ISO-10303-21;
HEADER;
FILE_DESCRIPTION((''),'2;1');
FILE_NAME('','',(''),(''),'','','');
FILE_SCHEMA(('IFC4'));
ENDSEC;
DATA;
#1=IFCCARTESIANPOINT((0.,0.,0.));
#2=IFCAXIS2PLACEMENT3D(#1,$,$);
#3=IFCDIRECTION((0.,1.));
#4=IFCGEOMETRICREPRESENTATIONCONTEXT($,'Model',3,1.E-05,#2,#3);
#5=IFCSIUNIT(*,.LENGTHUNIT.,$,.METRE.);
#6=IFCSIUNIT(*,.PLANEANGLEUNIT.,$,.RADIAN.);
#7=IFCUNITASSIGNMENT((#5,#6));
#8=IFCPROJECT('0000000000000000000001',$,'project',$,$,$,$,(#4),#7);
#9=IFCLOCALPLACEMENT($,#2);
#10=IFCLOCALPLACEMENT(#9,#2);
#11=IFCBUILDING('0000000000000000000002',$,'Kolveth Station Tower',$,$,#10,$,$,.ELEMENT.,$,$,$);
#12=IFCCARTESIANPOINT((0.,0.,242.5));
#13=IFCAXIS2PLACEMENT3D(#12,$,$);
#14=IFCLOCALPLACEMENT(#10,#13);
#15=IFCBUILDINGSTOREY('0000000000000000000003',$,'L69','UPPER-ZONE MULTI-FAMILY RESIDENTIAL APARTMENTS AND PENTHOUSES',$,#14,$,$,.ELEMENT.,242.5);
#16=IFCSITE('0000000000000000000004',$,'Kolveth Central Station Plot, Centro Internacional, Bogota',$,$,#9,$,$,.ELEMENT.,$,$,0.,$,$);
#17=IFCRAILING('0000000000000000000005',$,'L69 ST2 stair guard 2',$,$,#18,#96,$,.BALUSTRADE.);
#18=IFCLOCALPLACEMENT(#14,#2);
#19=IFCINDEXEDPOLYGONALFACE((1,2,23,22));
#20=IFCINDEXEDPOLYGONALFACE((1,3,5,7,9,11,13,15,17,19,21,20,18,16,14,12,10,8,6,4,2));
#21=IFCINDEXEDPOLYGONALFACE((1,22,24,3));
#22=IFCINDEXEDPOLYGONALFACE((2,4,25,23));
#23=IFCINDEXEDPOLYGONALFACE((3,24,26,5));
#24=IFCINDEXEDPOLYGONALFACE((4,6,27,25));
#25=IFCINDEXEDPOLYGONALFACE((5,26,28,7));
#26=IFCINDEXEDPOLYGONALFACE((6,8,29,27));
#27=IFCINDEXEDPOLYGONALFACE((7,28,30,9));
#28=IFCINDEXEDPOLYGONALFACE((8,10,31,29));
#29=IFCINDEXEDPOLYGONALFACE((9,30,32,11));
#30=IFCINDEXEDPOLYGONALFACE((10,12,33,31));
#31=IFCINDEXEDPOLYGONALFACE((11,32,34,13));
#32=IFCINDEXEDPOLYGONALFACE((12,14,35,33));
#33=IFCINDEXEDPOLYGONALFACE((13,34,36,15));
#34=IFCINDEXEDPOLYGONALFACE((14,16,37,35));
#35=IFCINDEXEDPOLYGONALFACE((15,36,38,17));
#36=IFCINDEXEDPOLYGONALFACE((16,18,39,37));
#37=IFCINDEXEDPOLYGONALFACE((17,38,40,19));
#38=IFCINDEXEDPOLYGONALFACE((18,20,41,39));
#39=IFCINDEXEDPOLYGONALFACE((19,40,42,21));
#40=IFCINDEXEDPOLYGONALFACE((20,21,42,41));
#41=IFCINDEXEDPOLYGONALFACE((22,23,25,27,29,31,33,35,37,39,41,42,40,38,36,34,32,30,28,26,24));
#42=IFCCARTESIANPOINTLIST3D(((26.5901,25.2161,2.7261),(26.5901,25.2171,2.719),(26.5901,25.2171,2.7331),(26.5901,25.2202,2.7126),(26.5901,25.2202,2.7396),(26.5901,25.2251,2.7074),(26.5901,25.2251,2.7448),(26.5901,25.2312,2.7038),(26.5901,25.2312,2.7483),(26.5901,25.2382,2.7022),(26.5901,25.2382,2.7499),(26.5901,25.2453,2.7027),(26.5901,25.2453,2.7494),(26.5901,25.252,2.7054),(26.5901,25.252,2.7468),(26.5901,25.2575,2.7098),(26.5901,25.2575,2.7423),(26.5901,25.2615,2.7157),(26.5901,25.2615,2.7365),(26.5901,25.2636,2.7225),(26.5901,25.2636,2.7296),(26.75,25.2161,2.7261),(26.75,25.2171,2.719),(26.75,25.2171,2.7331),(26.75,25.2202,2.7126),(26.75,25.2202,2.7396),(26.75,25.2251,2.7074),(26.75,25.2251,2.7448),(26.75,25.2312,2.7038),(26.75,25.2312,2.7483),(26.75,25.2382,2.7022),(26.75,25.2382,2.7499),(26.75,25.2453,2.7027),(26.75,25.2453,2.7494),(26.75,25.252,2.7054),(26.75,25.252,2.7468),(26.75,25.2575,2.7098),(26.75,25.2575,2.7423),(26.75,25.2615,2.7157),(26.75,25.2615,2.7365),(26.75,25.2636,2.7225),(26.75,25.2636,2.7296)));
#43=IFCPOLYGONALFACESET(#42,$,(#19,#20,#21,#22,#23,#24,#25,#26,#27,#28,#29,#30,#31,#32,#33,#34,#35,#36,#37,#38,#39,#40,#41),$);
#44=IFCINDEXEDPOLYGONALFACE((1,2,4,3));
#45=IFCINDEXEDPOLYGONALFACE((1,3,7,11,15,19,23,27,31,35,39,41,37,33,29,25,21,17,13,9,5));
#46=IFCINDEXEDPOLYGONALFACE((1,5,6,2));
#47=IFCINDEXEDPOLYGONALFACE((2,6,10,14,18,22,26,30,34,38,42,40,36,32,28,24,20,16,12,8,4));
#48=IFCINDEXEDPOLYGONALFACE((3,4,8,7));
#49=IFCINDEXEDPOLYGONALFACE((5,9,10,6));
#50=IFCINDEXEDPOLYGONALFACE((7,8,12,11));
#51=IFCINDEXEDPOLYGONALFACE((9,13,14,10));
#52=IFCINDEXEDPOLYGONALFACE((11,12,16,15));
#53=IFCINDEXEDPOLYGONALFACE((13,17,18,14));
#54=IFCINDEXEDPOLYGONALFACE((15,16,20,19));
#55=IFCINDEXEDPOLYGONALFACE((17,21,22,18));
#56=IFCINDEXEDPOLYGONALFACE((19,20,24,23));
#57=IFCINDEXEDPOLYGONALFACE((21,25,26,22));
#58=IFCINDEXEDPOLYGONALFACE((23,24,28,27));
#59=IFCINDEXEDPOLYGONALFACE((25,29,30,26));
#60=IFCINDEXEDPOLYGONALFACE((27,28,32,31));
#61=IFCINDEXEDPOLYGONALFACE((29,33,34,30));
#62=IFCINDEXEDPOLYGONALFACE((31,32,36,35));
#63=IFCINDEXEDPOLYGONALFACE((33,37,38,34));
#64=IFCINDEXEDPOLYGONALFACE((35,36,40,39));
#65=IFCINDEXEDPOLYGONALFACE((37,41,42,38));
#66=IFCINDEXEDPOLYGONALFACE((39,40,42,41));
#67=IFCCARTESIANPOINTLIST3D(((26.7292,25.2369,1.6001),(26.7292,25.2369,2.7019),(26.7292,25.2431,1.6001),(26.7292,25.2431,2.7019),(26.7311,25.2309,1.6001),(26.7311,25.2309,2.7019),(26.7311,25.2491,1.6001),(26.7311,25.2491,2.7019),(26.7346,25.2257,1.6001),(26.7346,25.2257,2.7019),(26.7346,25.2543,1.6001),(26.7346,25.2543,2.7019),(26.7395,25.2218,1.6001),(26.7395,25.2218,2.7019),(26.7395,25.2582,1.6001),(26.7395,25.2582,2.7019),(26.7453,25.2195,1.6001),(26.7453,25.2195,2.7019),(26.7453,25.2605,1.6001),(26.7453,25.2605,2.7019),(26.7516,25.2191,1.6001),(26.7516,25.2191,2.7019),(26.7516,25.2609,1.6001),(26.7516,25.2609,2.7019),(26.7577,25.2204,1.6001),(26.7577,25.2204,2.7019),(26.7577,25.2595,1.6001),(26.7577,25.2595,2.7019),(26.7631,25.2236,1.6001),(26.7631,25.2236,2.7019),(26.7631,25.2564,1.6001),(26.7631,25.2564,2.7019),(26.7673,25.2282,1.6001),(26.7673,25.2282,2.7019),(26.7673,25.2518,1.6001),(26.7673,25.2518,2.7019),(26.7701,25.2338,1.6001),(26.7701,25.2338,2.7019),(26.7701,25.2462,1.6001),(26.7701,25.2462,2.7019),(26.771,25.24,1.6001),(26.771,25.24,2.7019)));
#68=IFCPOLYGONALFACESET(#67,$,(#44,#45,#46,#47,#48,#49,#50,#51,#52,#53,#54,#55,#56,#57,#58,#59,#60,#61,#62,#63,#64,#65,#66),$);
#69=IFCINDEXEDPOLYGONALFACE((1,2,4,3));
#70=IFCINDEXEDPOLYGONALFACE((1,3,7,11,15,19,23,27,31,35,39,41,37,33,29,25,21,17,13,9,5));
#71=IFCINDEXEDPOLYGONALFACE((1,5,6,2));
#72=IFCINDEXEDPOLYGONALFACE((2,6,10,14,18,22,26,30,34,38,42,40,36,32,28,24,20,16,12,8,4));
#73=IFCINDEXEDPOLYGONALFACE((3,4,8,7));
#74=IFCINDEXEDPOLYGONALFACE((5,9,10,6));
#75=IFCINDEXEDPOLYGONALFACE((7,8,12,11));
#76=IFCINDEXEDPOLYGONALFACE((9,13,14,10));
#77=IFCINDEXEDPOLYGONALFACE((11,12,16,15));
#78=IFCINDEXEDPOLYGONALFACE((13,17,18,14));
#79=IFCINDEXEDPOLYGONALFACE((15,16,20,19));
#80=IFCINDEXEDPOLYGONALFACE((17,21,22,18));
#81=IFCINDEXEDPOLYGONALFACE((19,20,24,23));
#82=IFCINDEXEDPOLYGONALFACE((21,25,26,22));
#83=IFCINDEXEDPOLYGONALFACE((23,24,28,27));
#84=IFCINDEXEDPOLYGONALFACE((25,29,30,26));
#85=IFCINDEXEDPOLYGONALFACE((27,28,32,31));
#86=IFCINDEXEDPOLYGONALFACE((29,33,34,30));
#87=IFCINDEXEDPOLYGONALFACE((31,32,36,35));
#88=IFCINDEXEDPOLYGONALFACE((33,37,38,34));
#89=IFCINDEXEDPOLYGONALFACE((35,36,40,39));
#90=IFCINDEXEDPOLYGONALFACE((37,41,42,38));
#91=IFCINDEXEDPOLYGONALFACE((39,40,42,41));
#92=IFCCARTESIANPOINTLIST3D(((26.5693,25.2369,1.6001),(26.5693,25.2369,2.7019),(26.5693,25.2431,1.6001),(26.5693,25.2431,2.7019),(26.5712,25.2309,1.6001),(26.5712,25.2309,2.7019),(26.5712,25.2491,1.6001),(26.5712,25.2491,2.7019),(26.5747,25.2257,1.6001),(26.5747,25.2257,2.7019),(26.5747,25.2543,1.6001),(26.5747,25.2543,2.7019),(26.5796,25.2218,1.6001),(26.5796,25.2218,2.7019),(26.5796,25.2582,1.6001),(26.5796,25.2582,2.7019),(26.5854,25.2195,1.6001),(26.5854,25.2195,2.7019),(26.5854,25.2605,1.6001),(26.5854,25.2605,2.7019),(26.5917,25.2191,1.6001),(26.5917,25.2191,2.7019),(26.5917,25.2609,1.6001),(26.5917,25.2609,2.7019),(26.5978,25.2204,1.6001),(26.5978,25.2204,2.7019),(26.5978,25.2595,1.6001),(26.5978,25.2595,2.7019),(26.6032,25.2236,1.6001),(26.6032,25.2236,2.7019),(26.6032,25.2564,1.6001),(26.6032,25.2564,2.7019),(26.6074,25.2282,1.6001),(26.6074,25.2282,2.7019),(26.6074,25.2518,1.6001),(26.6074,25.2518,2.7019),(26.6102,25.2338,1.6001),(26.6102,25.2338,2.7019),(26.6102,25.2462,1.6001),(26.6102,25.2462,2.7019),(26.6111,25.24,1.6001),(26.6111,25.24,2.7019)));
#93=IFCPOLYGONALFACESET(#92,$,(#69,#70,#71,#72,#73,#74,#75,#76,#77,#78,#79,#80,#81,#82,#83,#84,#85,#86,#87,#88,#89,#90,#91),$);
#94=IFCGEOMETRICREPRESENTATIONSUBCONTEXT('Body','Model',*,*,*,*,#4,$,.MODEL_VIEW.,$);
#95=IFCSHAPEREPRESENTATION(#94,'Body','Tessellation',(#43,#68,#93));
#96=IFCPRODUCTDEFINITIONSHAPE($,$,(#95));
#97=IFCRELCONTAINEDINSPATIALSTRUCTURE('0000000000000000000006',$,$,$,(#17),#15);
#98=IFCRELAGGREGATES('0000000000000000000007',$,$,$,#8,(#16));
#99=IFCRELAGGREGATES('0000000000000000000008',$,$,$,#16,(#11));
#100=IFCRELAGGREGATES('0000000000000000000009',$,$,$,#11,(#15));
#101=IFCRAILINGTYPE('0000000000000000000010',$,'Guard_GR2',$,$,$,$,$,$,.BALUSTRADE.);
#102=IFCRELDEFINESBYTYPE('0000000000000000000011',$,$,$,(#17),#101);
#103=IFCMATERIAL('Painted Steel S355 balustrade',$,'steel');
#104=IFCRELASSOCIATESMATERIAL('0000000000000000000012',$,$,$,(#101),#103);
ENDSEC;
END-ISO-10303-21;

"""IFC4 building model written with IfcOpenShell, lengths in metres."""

from ifc_helpers import new_model, si_unit, direction, frame, origin, origin_2d, place, context, subcontext, project, spatial, circle, extrude, material, type_object, element, save


model = new_model("IFC4")

# Units and contexts
model_context = context("Model", 3, precision=1e-05, world=origin(), true_north=direction((0.0, 1.0)))
body_context = subcontext(model_context, "Body", "Model", "MODEL_VIEW")
ifc_project = project(units=[si_unit("LENGTHUNIT", "METRE"), si_unit("PLANEANGLEUNIT", "RADIAN")], contexts=[model_context])

# Site, building, storey
site_placement = place(None, origin())
site = spatial("IfcSite", under=ifc_project, at=site_placement, Name="Kolveth Central Station Plot, Centro Internacional, Bogota", CompositionType="ELEMENT", RefElevation=0.0)
building_placement = place(site_placement, origin())
building = spatial("IfcBuilding", under=site, at=building_placement, Name="Kolveth Station Tower", CompositionType="ELEMENT")
storey_placement = place(building_placement, frame((0.0, 0.0, 242.5)))
storey = spatial("IfcBuildingStorey", under=building, at=storey_placement, Name="L69", Description="UPPER-ZONE MULTI-FAMILY RESIDENTIAL APARTMENTS AND PENTHOUSES", CompositionType="ELEMENT", Elevation=242.5)

# Railing
ifc_material_1 = material(Name="Painted Steel S355 balustrade", Category="steel")
railing_type_1 = type_object("IfcRailingType", Name="Guard_GR2", PredefinedType="BALUSTRADE", material=ifc_material_1)
railing_1_placement = place(storey_placement, frame((26.75, 25.24, 1.6001)))
element("IfcRailing", 1, at=railing_1_placement, inside=storey, type_object=railing_type_1, Name="L69 ST2 stair guard 2", PredefinedType="BALUSTRADE", context=body_context, shape_type="SweptSolid", body=[
    extrude(circle(Radius=0.0239, at=origin_2d()), frame((0.0, 0.0, 1.126), z_axis=(-1.0, 0.0, 0.0), x_axis=(0.0, -1.0, 0.0)), (0.0, 0.0, 1.0), 0.1599),
    extrude(circle(Radius=0.021, at=origin_2d()), origin(), (0.0, 0.0, 1.0), 1.1018),
    extrude(circle(Radius=0.021, at=origin_2d()), frame((-0.1599, 0.0, 0.0)), (0.0, 0.0, 1.0), 1.1018),
])

save(model, "model.ifc")
